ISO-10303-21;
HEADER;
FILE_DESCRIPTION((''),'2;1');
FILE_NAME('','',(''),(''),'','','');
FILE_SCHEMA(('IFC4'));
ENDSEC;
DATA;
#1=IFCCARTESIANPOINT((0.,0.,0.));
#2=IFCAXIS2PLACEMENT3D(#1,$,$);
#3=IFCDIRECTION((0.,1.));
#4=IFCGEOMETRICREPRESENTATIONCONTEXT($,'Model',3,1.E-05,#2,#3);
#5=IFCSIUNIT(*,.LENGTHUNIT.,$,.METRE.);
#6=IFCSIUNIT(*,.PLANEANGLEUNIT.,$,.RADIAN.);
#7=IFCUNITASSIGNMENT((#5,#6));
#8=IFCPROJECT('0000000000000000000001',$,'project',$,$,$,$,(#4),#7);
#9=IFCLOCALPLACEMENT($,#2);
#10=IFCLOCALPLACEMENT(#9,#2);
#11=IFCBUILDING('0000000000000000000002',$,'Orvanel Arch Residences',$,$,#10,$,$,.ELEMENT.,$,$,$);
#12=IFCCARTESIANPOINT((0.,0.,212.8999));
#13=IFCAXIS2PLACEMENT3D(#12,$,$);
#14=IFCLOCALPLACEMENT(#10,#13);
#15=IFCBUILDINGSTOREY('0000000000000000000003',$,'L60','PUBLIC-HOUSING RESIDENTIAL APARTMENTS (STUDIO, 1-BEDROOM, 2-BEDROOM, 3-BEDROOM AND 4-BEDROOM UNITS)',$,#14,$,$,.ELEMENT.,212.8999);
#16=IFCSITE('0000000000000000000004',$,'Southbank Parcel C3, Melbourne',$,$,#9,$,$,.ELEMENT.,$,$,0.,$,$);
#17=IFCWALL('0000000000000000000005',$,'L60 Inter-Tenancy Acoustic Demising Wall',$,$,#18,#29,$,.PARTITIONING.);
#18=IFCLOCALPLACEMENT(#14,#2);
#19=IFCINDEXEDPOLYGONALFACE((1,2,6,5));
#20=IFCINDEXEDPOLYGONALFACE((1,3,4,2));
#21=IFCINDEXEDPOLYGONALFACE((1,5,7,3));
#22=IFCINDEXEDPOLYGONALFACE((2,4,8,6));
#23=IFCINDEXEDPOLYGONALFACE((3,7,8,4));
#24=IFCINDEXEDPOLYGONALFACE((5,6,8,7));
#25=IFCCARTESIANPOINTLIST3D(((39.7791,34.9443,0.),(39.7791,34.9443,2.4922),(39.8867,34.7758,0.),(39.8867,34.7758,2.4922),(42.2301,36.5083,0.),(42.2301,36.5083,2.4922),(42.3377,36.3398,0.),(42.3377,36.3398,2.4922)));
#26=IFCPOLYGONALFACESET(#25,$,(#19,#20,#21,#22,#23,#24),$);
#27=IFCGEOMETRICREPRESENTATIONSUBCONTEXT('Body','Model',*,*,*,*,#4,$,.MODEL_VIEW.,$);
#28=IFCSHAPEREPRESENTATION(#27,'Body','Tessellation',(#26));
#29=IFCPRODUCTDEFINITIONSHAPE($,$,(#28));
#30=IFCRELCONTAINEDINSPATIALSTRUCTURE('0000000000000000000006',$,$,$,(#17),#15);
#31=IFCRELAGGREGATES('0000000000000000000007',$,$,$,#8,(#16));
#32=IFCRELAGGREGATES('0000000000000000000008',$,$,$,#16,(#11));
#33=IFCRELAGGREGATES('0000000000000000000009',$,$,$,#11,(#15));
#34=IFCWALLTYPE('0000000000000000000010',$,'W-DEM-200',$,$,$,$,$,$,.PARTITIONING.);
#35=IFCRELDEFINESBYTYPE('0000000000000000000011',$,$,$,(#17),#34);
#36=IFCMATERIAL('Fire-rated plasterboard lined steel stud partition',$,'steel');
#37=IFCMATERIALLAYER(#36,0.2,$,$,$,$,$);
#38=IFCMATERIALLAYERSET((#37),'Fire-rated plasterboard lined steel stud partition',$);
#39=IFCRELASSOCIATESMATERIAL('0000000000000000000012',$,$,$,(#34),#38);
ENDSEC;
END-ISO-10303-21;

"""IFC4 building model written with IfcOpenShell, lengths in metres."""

from ifc_helpers import new_model, si_unit, direction, frame, frame_2d, origin, place, context, subcontext, project, spatial, rectangle, extrude, material, layer, layer_set, type_object, element, save


model = new_model("IFC4")

# Units and contexts
model_context = context("Model", 3, precision=1e-05, world=origin(), true_north=direction((0.0, 1.0)))
body_context = subcontext(model_context, "Body", "Model", "MODEL_VIEW")
ifc_project = project(units=[si_unit("LENGTHUNIT", "METRE"), si_unit("PLANEANGLEUNIT", "RADIAN")], contexts=[model_context])

# Site, building, storey
site_placement = place(None, origin())
site = spatial("IfcSite", under=ifc_project, at=site_placement, Name="Southbank Parcel C3, Melbourne", CompositionType="ELEMENT", RefElevation=0.0)
building_placement = place(site_placement, origin())
building = spatial("IfcBuilding", under=site, at=building_placement, Name="Orvanel Arch Residences", CompositionType="ELEMENT")
storey_placement = place(building_placement, frame((0.0, 0.0, 212.8999)))
storey = spatial("IfcBuildingStorey", under=building, at=storey_placement, Name="L60", Description="PUBLIC-HOUSING RESIDENTIAL APARTMENTS (STUDIO, 1-BEDROOM, 2-BEDROOM, 3-BEDROOM AND 4-BEDROOM UNITS)", CompositionType="ELEMENT", Elevation=212.8999)

# Wall
ifc_material_1 = material(Name="Fire-rated plasterboard lined steel stud partition", Category="steel")
ifc_layer_1 = layer(ifc_material_1, 0.2)
ifc_layer_set_1 = layer_set([ifc_layer_1], Name="Fire-rated plasterboard lined steel stud partition")
wall_type_1 = type_object("IfcWallType", Name="W-DEM-200", PredefinedType="PARTITIONING", material=ifc_layer_set_1)
wall_1_placement = place(storey_placement, frame((39.833, 34.8601, 0.0), z_axis=(0.0, 0.0, 1.0), x_axis=(0.842994, 0.537924, 0.0)))
element("IfcWall", 1, at=wall_1_placement, inside=storey, type_object=wall_type_1, Name="L60 Inter-Tenancy Acoustic Demising Wall", PredefinedType="PARTITIONING", context=body_context, shape_type="SweptSolid", body=[
    extrude(rectangle(XDim=2.9075, YDim=0.2, at=frame_2d((1.4536, 0.0))), origin(), (0.0, 0.0, 1.0), 2.4922),
])

save(model, "model.ifc")
